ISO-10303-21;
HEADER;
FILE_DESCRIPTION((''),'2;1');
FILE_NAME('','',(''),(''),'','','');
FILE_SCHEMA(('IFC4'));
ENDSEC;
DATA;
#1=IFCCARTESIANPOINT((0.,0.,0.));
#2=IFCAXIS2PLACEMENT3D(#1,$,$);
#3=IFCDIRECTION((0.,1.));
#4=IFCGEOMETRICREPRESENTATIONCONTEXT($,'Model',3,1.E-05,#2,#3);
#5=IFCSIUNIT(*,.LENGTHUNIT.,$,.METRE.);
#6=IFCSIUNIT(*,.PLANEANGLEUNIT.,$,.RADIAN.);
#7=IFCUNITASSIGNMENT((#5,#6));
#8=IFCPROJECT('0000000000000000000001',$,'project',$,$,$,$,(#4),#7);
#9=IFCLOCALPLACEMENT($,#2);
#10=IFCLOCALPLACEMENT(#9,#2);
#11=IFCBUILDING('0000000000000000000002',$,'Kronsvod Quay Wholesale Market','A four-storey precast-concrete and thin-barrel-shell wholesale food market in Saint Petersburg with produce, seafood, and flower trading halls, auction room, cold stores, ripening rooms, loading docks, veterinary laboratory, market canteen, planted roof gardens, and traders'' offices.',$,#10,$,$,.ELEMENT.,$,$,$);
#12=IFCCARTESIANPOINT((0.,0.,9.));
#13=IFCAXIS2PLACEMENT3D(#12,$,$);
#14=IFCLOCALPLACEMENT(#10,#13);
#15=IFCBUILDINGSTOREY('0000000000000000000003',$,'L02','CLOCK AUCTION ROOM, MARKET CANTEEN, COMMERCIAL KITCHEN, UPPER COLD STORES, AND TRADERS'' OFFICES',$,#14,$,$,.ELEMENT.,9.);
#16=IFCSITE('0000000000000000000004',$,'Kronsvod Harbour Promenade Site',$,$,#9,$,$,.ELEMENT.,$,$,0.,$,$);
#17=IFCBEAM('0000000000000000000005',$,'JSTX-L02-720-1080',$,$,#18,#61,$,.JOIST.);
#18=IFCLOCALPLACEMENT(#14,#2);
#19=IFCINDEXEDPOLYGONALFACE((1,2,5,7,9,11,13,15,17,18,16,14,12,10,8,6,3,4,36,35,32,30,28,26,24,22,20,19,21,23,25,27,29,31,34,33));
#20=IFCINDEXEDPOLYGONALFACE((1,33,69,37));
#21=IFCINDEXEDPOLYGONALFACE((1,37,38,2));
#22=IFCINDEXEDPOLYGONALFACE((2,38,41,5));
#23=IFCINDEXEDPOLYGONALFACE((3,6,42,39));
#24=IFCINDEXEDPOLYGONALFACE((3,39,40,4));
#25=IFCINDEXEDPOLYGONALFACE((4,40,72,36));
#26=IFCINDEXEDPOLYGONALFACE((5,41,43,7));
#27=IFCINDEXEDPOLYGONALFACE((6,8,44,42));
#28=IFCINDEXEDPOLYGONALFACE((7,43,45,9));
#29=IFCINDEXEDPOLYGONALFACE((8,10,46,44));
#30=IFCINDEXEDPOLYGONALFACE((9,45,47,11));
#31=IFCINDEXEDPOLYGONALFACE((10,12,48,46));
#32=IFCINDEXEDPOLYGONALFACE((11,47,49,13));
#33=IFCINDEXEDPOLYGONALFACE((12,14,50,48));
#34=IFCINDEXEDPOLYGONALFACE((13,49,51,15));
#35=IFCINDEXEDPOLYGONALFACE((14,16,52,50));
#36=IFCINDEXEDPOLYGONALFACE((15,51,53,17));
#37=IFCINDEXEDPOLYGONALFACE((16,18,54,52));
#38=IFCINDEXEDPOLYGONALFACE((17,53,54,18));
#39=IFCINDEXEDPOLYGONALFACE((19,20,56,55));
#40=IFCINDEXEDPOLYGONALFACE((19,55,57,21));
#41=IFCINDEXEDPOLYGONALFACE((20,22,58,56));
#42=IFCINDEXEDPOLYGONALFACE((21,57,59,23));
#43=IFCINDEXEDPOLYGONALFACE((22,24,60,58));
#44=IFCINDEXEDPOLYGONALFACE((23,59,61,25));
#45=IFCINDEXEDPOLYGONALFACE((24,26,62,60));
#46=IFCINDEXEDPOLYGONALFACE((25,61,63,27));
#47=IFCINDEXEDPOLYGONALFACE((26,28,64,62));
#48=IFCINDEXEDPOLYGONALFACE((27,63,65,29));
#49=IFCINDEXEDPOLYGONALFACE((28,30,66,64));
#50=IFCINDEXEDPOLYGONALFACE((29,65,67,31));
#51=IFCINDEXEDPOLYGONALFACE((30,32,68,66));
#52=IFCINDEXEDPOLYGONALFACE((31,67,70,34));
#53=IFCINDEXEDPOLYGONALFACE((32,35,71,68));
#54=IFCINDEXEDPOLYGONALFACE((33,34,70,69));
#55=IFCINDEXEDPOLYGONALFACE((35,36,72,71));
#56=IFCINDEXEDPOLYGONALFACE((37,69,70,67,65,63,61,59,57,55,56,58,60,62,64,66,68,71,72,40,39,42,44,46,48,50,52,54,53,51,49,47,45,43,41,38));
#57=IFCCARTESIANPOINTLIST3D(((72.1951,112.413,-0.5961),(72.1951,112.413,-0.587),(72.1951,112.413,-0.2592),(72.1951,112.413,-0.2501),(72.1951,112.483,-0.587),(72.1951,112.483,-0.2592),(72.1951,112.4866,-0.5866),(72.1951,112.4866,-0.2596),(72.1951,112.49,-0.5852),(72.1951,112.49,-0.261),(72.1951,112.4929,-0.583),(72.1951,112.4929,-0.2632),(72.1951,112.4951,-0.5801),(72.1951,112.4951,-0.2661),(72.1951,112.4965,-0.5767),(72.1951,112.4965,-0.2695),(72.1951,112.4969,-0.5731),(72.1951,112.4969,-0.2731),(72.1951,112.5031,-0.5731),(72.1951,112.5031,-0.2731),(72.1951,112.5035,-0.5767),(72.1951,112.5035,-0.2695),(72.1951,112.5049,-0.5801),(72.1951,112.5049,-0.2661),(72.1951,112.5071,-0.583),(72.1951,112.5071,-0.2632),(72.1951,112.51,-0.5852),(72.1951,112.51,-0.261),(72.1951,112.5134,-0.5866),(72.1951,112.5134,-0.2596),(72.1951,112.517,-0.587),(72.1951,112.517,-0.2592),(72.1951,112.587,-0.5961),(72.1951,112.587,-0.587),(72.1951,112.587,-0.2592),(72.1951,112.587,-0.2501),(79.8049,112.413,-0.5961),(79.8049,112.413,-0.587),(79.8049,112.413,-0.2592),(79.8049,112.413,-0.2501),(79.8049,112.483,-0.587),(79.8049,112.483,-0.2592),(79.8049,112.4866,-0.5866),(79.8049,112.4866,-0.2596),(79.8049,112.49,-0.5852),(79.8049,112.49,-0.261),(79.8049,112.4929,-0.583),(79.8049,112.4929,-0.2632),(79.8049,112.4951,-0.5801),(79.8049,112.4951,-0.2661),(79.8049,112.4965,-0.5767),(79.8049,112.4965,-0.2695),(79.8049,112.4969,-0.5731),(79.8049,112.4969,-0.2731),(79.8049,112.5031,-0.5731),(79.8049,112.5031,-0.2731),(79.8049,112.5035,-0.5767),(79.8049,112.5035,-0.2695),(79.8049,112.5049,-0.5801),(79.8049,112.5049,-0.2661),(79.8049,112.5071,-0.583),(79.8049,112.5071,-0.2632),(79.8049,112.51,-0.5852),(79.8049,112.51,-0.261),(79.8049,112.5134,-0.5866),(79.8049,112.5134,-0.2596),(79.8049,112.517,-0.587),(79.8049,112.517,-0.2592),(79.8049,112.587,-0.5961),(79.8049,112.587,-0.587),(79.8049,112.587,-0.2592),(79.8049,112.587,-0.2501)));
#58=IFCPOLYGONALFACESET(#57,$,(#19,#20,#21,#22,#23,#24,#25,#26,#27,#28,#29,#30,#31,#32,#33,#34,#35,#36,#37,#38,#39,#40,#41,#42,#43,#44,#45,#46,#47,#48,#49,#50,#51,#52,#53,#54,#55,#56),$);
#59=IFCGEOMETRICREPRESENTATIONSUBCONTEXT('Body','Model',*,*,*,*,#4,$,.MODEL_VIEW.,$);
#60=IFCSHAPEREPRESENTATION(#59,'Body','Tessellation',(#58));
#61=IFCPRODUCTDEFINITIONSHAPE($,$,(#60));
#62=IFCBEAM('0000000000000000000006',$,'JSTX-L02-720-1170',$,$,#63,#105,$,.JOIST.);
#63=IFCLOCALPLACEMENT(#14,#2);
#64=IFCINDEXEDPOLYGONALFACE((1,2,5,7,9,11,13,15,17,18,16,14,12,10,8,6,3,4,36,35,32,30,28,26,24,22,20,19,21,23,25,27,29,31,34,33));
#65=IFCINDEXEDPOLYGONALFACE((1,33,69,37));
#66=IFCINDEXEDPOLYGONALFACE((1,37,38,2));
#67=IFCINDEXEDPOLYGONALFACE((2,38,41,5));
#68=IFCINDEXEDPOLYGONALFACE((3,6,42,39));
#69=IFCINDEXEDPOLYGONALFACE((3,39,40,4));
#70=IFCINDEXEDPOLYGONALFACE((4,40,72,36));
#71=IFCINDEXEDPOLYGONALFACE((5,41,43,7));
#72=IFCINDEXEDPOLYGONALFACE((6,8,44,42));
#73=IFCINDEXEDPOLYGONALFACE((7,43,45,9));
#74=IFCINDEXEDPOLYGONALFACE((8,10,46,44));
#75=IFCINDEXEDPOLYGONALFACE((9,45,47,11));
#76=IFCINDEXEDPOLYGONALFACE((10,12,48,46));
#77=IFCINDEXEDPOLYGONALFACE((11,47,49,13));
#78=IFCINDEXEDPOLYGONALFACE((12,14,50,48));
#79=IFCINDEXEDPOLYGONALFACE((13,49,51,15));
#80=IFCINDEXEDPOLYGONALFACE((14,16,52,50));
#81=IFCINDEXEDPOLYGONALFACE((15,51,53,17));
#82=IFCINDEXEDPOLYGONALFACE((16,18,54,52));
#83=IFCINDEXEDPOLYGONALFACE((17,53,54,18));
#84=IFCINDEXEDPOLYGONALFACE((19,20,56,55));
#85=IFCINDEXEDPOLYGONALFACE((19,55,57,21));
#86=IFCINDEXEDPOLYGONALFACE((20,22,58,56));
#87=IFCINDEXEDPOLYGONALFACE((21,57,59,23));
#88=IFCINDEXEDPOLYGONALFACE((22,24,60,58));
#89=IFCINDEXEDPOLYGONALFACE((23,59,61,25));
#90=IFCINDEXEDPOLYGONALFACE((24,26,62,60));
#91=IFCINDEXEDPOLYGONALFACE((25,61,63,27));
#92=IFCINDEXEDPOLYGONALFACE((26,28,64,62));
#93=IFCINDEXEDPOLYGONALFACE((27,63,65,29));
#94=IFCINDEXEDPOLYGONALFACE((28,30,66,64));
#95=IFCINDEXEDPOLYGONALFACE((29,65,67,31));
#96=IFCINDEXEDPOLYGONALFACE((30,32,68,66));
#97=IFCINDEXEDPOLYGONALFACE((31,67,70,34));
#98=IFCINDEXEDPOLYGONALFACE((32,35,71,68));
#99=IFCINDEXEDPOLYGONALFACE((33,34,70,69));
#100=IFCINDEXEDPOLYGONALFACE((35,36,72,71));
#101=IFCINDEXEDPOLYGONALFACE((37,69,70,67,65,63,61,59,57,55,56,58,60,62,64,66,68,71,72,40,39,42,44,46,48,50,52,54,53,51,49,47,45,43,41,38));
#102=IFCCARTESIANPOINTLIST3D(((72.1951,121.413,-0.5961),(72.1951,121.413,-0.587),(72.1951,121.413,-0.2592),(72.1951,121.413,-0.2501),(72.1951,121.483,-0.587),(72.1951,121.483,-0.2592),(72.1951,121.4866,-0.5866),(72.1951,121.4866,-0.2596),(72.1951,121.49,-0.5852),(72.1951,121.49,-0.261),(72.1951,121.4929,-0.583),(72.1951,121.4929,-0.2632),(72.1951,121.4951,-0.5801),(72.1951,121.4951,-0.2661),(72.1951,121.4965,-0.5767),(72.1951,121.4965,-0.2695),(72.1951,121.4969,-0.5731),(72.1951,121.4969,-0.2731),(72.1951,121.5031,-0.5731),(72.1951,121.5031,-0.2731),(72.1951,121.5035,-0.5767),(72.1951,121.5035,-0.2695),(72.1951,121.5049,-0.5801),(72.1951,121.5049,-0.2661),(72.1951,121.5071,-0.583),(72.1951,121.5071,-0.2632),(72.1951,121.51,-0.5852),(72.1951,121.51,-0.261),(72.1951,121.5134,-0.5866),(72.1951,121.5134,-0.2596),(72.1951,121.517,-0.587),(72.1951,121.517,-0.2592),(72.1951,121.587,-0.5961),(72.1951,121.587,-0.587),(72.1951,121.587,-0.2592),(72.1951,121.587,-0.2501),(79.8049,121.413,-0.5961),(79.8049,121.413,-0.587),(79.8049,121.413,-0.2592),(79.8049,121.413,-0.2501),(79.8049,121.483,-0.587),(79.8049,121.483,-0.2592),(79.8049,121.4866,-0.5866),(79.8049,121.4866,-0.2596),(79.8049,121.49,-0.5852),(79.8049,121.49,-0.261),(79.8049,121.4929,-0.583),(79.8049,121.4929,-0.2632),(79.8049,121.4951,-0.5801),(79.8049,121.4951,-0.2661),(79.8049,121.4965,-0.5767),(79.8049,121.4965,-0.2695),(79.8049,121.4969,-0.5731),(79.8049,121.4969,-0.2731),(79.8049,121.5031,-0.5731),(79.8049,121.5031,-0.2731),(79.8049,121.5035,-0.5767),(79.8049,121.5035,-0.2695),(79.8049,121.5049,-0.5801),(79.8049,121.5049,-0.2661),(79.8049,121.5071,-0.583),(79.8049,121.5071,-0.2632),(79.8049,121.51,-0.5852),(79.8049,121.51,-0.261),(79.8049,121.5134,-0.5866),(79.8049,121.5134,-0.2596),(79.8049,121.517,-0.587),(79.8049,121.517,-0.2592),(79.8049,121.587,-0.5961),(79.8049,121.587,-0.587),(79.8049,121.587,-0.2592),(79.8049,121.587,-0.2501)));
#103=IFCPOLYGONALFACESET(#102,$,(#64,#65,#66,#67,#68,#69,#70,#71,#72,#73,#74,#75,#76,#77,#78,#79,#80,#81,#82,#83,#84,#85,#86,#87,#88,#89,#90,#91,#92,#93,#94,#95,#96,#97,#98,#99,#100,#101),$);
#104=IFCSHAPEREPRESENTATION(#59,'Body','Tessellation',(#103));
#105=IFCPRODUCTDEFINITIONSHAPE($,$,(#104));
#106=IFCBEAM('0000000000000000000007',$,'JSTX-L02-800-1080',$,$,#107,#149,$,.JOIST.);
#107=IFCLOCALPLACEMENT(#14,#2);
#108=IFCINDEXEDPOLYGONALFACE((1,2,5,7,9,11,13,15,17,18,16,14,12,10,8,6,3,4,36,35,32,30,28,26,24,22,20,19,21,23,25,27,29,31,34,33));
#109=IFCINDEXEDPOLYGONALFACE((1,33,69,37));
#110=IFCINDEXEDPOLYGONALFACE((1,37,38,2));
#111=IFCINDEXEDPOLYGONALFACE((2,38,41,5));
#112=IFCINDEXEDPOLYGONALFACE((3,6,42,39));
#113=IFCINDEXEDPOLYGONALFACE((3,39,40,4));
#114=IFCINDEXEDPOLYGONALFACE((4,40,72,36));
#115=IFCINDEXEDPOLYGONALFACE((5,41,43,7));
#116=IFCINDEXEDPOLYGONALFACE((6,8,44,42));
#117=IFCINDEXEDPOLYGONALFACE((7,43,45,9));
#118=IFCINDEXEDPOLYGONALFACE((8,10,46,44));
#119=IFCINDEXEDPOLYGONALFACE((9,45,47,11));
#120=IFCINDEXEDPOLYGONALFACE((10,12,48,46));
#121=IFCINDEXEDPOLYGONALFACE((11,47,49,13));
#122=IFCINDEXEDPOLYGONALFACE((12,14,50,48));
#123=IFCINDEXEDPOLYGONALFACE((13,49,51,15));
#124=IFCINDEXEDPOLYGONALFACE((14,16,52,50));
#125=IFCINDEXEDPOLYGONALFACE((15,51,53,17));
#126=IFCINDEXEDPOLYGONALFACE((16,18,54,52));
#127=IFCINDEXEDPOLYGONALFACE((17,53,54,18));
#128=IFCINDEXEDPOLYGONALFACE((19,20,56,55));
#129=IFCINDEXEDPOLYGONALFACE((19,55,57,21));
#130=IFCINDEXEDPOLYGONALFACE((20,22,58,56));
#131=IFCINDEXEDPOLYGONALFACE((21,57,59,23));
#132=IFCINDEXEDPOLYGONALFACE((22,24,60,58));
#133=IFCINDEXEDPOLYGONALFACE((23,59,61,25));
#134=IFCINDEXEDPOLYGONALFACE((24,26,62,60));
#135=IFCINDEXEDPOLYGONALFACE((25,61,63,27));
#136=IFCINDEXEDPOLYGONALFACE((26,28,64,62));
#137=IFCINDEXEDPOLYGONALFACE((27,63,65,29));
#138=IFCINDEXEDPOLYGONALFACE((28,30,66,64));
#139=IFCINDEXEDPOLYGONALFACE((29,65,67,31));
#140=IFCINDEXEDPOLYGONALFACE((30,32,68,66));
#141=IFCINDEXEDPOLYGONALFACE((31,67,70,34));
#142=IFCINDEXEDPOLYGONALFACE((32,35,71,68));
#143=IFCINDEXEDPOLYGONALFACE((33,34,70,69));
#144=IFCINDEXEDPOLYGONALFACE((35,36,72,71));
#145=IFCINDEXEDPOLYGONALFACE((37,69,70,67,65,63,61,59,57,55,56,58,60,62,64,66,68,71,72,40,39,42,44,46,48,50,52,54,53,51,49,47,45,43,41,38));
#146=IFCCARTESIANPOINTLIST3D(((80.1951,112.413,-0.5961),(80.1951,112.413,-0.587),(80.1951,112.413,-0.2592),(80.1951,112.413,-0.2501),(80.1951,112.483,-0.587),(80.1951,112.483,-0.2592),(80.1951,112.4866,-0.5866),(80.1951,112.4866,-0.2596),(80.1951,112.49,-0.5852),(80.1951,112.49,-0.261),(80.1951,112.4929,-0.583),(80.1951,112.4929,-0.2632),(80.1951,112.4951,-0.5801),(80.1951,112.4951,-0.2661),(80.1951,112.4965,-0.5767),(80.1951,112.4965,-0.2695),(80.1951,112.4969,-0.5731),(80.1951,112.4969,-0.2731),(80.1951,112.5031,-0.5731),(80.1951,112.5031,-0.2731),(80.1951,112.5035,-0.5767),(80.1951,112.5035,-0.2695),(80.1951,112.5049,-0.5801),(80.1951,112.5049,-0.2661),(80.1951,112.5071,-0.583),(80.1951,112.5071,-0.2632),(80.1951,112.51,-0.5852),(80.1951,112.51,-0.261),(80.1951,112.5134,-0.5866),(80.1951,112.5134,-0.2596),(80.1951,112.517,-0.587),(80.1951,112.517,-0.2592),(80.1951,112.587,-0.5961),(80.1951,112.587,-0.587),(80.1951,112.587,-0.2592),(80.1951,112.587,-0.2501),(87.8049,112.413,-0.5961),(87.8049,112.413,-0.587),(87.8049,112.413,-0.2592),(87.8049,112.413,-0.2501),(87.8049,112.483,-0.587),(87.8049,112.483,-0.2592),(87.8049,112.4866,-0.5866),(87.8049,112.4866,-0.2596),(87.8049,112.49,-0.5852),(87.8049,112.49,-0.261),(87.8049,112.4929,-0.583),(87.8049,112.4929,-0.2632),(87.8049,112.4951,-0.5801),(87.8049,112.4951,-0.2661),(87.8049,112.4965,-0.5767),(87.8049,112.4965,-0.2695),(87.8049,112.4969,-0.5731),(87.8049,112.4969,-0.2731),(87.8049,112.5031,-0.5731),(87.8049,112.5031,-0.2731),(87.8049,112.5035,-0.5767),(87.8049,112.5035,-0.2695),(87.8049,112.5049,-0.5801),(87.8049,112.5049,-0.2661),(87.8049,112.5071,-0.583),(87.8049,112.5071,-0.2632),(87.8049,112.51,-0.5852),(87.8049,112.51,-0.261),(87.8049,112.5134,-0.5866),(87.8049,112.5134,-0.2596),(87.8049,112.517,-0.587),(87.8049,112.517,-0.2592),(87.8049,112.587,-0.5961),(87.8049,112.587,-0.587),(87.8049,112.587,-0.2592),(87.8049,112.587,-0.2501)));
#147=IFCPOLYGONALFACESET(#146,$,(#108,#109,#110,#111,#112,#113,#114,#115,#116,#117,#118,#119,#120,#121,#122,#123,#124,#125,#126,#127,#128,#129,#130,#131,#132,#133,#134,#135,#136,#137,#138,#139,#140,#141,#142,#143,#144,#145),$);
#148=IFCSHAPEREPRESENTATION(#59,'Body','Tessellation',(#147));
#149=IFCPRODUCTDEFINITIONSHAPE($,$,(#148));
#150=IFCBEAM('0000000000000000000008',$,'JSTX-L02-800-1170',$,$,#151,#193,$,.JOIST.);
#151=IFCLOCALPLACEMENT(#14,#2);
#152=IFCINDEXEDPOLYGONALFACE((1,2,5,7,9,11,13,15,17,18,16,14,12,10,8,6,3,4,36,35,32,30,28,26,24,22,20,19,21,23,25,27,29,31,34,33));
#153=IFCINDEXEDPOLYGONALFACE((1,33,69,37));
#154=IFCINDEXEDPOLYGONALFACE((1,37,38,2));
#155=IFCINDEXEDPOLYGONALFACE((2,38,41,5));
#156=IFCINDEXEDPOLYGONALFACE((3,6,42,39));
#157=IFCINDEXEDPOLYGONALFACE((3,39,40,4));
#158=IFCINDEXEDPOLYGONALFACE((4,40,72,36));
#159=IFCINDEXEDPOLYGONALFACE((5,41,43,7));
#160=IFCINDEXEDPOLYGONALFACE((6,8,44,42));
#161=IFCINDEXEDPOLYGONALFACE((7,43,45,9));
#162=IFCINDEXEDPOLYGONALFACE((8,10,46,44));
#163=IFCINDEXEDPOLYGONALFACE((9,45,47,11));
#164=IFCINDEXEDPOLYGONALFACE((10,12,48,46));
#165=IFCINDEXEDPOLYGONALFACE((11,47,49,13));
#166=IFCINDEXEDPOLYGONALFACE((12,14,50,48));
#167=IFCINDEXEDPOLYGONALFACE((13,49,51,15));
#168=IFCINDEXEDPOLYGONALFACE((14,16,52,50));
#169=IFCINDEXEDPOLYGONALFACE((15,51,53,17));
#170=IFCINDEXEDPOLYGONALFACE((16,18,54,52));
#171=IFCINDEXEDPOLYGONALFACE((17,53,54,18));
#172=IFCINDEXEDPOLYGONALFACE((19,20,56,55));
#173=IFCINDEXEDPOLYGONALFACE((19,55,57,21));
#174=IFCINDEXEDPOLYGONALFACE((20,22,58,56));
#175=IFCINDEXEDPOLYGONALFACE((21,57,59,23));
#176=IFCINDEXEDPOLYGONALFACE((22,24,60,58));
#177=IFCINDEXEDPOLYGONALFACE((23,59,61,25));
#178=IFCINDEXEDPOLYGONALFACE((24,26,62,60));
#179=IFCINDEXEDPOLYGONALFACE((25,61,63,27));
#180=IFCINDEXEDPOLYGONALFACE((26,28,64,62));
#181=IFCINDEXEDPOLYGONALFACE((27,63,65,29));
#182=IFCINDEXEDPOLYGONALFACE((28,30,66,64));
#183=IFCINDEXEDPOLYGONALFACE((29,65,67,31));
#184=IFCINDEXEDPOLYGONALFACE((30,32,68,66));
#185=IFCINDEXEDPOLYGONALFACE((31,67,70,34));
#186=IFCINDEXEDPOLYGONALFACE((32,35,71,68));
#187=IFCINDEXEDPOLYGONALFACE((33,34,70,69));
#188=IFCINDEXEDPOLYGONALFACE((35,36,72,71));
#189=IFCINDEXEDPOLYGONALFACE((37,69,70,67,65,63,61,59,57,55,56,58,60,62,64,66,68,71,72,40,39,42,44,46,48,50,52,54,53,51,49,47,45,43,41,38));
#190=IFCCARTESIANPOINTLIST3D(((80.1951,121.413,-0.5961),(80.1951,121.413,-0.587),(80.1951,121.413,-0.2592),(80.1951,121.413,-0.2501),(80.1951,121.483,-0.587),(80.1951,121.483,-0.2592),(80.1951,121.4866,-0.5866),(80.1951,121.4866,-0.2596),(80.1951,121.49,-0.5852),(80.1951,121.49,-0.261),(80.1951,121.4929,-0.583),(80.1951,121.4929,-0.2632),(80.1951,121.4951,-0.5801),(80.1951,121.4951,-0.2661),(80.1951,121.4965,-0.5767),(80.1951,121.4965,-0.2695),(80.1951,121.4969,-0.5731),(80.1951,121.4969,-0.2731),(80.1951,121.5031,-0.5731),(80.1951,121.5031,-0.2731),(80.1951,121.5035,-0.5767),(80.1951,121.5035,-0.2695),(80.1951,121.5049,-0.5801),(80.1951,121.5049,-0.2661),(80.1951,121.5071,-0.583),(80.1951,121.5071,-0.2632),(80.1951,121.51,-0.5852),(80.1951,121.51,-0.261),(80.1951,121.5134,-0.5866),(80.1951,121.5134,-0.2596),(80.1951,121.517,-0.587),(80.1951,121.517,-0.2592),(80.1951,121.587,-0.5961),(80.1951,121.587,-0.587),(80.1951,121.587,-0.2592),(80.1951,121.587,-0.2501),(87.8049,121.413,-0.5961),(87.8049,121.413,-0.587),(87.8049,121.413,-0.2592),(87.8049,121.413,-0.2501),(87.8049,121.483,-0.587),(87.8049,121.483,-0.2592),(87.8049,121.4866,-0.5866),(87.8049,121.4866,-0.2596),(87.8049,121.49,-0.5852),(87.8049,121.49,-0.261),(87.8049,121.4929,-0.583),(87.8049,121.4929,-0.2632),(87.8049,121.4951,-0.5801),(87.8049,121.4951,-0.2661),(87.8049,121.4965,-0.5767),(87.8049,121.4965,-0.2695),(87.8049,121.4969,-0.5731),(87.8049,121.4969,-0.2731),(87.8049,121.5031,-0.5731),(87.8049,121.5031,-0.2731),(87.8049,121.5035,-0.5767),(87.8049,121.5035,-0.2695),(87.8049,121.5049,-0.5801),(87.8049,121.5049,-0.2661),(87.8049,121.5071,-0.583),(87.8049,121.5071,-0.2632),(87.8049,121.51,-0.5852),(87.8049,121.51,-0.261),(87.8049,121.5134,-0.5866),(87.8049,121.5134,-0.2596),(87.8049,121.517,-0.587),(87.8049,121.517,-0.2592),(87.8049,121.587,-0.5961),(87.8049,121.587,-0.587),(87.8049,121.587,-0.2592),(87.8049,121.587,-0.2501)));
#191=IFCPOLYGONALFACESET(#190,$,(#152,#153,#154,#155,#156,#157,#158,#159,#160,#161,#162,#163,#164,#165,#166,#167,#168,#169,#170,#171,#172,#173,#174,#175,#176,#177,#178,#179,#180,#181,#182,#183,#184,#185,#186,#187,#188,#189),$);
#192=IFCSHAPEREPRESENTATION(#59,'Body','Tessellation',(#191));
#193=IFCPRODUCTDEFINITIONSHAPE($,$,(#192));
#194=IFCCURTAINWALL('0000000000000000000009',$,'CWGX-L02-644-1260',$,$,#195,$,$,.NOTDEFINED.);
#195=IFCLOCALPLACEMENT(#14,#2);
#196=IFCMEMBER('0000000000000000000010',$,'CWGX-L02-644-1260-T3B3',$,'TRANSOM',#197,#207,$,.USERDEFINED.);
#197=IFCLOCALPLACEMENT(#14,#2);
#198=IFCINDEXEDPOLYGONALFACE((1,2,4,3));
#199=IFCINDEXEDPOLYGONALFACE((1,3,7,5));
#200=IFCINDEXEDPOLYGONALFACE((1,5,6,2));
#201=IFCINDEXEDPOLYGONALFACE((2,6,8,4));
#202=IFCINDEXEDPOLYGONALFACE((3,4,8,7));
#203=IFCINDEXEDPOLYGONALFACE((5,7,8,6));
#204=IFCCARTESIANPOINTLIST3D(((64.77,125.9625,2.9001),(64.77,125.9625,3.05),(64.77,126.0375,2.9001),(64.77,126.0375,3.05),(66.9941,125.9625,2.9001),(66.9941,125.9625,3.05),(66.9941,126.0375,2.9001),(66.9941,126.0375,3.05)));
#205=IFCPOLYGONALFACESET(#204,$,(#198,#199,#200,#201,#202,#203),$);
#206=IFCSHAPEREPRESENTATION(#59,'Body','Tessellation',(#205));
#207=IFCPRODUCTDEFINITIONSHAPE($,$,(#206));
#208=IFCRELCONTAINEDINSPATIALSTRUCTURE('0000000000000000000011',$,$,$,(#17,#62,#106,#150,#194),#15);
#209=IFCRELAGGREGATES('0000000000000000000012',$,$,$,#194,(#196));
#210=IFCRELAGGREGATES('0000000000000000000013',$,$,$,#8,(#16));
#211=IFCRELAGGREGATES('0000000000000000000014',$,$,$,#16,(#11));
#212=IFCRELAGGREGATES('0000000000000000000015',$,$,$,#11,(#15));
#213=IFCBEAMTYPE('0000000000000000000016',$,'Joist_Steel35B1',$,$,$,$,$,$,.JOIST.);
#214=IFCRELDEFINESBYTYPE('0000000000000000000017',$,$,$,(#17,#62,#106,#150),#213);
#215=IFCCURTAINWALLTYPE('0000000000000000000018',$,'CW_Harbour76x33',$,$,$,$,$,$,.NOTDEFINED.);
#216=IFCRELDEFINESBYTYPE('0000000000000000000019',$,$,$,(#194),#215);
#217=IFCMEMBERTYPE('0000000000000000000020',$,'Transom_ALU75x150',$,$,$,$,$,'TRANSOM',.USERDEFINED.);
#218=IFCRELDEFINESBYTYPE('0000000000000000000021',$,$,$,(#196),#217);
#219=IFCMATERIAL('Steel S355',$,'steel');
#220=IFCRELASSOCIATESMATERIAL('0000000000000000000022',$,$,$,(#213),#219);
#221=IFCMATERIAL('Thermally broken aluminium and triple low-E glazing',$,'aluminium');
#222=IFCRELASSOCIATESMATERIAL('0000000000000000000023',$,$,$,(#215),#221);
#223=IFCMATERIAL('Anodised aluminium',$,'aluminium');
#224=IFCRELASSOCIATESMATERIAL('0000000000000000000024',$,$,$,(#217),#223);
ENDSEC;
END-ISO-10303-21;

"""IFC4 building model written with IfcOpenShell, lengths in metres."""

from ifc_helpers import new_model, si_unit, direction, frame, origin, origin_2d, place, context, subcontext, project, spatial, rectangle, i_section, extrude, material, material_profile, profile_set, type_object, element, aggregate, save


model = new_model("IFC4")

# Units and contexts
model_context = context("Model", 3, precision=1e-05, world=origin(), true_north=direction((0.0, 1.0)))
body_context = subcontext(model_context, "Body", "Model", "MODEL_VIEW")
ifc_project = project(units=[si_unit("LENGTHUNIT", "METRE"), si_unit("PLANEANGLEUNIT", "RADIAN")], contexts=[model_context])

# Site, building, storey
site_placement = place(None, origin())
site = spatial("IfcSite", under=ifc_project, at=site_placement, Name="Kronsvod Harbour Promenade Site", CompositionType="ELEMENT", RefElevation=0.0)
building_placement = place(site_placement, origin())
building = spatial("IfcBuilding", under=site, at=building_placement, Name="Kronsvod Quay Wholesale Market", Description="A four-storey precast-concrete and thin-barrel-shell wholesale food market in Saint Petersburg with produce, seafood, and flower trading halls, auction room, cold stores, ripening rooms, loading docks, veterinary laboratory, market canteen, planted roof gardens, and traders' offices.", CompositionType="ELEMENT")
storey_placement = place(building_placement, frame((0.0, 0.0, 9.0)))
storey = spatial("IfcBuildingStorey", under=building, at=storey_placement, Name="L02", Description="CLOCK AUCTION ROOM, MARKET CANTEEN, COMMERCIAL KITCHEN, UPPER COLD STORES, AND TRADERS' OFFICES", CompositionType="ELEMENT", Elevation=9.0)

# Beams
ifc_material_1 = material(Name="Steel S355", Category="steel")
ifc_material_profile_1 = material_profile(ifc_material_1, i_section(OverallWidth=0.1741, OverallDepth=0.3459, WebThickness=0.0061, FlangeThickness=0.009, FilletRadius=0.0139, at=origin_2d()), Name="35B1")
ifc_profile_set_1 = profile_set([ifc_material_profile_1], Name="Steel S355")
beam_type_1 = type_object("IfcBeamType", Name="Joist_Steel35B1", PredefinedType="JOIST", material=ifc_profile_set_1)
for number, where, z_axis, x_axis, name in (
    (1, (72.1951, 112.5, -0.4231), (1.0, 0.0, 0.0), (0.0, 1.0, 0.0), "JSTX-L02-720-1080"),
    (2, (72.1951, 121.5, -0.4231), (1.0, 0.0, 0.0), (0.0, 1.0, 0.0), "JSTX-L02-720-1170"),
    (3, (80.1951, 112.5, -0.4231), (1.0, 0.0, 0.0), (0.0, 1.0, 0.0), "JSTX-L02-800-1080"),
    (4, (80.1951, 121.5, -0.4231), (1.0, 0.0, 0.0), (0.0, 1.0, 0.0), "JSTX-L02-800-1170"),
):
    element("IfcBeam", number, at=place(storey_placement, frame(where, z_axis=z_axis, x_axis=x_axis)), inside=storey, type_object=beam_type_1, Name=name, PredefinedType="JOIST", context=body_context, shape_type="SweptSolid", body=[
        extrude(i_section(OverallWidth=0.1741, OverallDepth=0.3459, WebThickness=0.0061, FlangeThickness=0.009, FilletRadius=0.0139, at=origin_2d()), origin(), (0.0, 0.0, 1.0), 7.6099),
    ])

# Curtain wall, member
ifc_material_2 = material(Name="Thermally broken aluminium and triple low-E glazing", Category="aluminium")
curtain_wall_type = type_object("IfcCurtainWallType", Name="CW_Harbour76x33", PredefinedType="NOTDEFINED", material=ifc_material_2)
curtain_wall_placement = place(storey_placement, origin())
curtain_wall = element("IfcCurtainWall", 5, at=curtain_wall_placement, inside=storey, type_object=curtain_wall_type, Name="CWGX-L02-644-1260", PredefinedType="NOTDEFINED")
ifc_material_3 = material(Name="Anodised aluminium", Category="aluminium")
ifc_material_profile_2 = material_profile(ifc_material_3, rectangle(XDim=0.075, YDim=0.1499, at=origin_2d()), Name="ALUT75x150")
ifc_profile_set_2 = profile_set([ifc_material_profile_2], Name="Anodised aluminium")
member_type = type_object("IfcMemberType", Name="Transom_ALU75x150", ElementType="TRANSOM", PredefinedType="USERDEFINED", material=ifc_profile_set_2)
member_placement = place(storey_placement, frame((66.9941, 126.0, 2.9751), z_axis=(-1.0, 0.0, 0.0), x_axis=(0.0, -1.0, 0.0)))
member = element("IfcMember", 6, at=member_placement, type_object=member_type, Name="CWGX-L02-644-1260-T3B3", ObjectType="TRANSOM", PredefinedType="USERDEFINED", context=body_context, shape_type="SweptSolid", body=[
    extrude(rectangle(XDim=0.075, YDim=0.1499, at=origin_2d()), origin(), (0.0, 0.0, 1.0), 2.2241),
])
aggregate(curtain_wall, [member])

save(model, "model.ifc")
